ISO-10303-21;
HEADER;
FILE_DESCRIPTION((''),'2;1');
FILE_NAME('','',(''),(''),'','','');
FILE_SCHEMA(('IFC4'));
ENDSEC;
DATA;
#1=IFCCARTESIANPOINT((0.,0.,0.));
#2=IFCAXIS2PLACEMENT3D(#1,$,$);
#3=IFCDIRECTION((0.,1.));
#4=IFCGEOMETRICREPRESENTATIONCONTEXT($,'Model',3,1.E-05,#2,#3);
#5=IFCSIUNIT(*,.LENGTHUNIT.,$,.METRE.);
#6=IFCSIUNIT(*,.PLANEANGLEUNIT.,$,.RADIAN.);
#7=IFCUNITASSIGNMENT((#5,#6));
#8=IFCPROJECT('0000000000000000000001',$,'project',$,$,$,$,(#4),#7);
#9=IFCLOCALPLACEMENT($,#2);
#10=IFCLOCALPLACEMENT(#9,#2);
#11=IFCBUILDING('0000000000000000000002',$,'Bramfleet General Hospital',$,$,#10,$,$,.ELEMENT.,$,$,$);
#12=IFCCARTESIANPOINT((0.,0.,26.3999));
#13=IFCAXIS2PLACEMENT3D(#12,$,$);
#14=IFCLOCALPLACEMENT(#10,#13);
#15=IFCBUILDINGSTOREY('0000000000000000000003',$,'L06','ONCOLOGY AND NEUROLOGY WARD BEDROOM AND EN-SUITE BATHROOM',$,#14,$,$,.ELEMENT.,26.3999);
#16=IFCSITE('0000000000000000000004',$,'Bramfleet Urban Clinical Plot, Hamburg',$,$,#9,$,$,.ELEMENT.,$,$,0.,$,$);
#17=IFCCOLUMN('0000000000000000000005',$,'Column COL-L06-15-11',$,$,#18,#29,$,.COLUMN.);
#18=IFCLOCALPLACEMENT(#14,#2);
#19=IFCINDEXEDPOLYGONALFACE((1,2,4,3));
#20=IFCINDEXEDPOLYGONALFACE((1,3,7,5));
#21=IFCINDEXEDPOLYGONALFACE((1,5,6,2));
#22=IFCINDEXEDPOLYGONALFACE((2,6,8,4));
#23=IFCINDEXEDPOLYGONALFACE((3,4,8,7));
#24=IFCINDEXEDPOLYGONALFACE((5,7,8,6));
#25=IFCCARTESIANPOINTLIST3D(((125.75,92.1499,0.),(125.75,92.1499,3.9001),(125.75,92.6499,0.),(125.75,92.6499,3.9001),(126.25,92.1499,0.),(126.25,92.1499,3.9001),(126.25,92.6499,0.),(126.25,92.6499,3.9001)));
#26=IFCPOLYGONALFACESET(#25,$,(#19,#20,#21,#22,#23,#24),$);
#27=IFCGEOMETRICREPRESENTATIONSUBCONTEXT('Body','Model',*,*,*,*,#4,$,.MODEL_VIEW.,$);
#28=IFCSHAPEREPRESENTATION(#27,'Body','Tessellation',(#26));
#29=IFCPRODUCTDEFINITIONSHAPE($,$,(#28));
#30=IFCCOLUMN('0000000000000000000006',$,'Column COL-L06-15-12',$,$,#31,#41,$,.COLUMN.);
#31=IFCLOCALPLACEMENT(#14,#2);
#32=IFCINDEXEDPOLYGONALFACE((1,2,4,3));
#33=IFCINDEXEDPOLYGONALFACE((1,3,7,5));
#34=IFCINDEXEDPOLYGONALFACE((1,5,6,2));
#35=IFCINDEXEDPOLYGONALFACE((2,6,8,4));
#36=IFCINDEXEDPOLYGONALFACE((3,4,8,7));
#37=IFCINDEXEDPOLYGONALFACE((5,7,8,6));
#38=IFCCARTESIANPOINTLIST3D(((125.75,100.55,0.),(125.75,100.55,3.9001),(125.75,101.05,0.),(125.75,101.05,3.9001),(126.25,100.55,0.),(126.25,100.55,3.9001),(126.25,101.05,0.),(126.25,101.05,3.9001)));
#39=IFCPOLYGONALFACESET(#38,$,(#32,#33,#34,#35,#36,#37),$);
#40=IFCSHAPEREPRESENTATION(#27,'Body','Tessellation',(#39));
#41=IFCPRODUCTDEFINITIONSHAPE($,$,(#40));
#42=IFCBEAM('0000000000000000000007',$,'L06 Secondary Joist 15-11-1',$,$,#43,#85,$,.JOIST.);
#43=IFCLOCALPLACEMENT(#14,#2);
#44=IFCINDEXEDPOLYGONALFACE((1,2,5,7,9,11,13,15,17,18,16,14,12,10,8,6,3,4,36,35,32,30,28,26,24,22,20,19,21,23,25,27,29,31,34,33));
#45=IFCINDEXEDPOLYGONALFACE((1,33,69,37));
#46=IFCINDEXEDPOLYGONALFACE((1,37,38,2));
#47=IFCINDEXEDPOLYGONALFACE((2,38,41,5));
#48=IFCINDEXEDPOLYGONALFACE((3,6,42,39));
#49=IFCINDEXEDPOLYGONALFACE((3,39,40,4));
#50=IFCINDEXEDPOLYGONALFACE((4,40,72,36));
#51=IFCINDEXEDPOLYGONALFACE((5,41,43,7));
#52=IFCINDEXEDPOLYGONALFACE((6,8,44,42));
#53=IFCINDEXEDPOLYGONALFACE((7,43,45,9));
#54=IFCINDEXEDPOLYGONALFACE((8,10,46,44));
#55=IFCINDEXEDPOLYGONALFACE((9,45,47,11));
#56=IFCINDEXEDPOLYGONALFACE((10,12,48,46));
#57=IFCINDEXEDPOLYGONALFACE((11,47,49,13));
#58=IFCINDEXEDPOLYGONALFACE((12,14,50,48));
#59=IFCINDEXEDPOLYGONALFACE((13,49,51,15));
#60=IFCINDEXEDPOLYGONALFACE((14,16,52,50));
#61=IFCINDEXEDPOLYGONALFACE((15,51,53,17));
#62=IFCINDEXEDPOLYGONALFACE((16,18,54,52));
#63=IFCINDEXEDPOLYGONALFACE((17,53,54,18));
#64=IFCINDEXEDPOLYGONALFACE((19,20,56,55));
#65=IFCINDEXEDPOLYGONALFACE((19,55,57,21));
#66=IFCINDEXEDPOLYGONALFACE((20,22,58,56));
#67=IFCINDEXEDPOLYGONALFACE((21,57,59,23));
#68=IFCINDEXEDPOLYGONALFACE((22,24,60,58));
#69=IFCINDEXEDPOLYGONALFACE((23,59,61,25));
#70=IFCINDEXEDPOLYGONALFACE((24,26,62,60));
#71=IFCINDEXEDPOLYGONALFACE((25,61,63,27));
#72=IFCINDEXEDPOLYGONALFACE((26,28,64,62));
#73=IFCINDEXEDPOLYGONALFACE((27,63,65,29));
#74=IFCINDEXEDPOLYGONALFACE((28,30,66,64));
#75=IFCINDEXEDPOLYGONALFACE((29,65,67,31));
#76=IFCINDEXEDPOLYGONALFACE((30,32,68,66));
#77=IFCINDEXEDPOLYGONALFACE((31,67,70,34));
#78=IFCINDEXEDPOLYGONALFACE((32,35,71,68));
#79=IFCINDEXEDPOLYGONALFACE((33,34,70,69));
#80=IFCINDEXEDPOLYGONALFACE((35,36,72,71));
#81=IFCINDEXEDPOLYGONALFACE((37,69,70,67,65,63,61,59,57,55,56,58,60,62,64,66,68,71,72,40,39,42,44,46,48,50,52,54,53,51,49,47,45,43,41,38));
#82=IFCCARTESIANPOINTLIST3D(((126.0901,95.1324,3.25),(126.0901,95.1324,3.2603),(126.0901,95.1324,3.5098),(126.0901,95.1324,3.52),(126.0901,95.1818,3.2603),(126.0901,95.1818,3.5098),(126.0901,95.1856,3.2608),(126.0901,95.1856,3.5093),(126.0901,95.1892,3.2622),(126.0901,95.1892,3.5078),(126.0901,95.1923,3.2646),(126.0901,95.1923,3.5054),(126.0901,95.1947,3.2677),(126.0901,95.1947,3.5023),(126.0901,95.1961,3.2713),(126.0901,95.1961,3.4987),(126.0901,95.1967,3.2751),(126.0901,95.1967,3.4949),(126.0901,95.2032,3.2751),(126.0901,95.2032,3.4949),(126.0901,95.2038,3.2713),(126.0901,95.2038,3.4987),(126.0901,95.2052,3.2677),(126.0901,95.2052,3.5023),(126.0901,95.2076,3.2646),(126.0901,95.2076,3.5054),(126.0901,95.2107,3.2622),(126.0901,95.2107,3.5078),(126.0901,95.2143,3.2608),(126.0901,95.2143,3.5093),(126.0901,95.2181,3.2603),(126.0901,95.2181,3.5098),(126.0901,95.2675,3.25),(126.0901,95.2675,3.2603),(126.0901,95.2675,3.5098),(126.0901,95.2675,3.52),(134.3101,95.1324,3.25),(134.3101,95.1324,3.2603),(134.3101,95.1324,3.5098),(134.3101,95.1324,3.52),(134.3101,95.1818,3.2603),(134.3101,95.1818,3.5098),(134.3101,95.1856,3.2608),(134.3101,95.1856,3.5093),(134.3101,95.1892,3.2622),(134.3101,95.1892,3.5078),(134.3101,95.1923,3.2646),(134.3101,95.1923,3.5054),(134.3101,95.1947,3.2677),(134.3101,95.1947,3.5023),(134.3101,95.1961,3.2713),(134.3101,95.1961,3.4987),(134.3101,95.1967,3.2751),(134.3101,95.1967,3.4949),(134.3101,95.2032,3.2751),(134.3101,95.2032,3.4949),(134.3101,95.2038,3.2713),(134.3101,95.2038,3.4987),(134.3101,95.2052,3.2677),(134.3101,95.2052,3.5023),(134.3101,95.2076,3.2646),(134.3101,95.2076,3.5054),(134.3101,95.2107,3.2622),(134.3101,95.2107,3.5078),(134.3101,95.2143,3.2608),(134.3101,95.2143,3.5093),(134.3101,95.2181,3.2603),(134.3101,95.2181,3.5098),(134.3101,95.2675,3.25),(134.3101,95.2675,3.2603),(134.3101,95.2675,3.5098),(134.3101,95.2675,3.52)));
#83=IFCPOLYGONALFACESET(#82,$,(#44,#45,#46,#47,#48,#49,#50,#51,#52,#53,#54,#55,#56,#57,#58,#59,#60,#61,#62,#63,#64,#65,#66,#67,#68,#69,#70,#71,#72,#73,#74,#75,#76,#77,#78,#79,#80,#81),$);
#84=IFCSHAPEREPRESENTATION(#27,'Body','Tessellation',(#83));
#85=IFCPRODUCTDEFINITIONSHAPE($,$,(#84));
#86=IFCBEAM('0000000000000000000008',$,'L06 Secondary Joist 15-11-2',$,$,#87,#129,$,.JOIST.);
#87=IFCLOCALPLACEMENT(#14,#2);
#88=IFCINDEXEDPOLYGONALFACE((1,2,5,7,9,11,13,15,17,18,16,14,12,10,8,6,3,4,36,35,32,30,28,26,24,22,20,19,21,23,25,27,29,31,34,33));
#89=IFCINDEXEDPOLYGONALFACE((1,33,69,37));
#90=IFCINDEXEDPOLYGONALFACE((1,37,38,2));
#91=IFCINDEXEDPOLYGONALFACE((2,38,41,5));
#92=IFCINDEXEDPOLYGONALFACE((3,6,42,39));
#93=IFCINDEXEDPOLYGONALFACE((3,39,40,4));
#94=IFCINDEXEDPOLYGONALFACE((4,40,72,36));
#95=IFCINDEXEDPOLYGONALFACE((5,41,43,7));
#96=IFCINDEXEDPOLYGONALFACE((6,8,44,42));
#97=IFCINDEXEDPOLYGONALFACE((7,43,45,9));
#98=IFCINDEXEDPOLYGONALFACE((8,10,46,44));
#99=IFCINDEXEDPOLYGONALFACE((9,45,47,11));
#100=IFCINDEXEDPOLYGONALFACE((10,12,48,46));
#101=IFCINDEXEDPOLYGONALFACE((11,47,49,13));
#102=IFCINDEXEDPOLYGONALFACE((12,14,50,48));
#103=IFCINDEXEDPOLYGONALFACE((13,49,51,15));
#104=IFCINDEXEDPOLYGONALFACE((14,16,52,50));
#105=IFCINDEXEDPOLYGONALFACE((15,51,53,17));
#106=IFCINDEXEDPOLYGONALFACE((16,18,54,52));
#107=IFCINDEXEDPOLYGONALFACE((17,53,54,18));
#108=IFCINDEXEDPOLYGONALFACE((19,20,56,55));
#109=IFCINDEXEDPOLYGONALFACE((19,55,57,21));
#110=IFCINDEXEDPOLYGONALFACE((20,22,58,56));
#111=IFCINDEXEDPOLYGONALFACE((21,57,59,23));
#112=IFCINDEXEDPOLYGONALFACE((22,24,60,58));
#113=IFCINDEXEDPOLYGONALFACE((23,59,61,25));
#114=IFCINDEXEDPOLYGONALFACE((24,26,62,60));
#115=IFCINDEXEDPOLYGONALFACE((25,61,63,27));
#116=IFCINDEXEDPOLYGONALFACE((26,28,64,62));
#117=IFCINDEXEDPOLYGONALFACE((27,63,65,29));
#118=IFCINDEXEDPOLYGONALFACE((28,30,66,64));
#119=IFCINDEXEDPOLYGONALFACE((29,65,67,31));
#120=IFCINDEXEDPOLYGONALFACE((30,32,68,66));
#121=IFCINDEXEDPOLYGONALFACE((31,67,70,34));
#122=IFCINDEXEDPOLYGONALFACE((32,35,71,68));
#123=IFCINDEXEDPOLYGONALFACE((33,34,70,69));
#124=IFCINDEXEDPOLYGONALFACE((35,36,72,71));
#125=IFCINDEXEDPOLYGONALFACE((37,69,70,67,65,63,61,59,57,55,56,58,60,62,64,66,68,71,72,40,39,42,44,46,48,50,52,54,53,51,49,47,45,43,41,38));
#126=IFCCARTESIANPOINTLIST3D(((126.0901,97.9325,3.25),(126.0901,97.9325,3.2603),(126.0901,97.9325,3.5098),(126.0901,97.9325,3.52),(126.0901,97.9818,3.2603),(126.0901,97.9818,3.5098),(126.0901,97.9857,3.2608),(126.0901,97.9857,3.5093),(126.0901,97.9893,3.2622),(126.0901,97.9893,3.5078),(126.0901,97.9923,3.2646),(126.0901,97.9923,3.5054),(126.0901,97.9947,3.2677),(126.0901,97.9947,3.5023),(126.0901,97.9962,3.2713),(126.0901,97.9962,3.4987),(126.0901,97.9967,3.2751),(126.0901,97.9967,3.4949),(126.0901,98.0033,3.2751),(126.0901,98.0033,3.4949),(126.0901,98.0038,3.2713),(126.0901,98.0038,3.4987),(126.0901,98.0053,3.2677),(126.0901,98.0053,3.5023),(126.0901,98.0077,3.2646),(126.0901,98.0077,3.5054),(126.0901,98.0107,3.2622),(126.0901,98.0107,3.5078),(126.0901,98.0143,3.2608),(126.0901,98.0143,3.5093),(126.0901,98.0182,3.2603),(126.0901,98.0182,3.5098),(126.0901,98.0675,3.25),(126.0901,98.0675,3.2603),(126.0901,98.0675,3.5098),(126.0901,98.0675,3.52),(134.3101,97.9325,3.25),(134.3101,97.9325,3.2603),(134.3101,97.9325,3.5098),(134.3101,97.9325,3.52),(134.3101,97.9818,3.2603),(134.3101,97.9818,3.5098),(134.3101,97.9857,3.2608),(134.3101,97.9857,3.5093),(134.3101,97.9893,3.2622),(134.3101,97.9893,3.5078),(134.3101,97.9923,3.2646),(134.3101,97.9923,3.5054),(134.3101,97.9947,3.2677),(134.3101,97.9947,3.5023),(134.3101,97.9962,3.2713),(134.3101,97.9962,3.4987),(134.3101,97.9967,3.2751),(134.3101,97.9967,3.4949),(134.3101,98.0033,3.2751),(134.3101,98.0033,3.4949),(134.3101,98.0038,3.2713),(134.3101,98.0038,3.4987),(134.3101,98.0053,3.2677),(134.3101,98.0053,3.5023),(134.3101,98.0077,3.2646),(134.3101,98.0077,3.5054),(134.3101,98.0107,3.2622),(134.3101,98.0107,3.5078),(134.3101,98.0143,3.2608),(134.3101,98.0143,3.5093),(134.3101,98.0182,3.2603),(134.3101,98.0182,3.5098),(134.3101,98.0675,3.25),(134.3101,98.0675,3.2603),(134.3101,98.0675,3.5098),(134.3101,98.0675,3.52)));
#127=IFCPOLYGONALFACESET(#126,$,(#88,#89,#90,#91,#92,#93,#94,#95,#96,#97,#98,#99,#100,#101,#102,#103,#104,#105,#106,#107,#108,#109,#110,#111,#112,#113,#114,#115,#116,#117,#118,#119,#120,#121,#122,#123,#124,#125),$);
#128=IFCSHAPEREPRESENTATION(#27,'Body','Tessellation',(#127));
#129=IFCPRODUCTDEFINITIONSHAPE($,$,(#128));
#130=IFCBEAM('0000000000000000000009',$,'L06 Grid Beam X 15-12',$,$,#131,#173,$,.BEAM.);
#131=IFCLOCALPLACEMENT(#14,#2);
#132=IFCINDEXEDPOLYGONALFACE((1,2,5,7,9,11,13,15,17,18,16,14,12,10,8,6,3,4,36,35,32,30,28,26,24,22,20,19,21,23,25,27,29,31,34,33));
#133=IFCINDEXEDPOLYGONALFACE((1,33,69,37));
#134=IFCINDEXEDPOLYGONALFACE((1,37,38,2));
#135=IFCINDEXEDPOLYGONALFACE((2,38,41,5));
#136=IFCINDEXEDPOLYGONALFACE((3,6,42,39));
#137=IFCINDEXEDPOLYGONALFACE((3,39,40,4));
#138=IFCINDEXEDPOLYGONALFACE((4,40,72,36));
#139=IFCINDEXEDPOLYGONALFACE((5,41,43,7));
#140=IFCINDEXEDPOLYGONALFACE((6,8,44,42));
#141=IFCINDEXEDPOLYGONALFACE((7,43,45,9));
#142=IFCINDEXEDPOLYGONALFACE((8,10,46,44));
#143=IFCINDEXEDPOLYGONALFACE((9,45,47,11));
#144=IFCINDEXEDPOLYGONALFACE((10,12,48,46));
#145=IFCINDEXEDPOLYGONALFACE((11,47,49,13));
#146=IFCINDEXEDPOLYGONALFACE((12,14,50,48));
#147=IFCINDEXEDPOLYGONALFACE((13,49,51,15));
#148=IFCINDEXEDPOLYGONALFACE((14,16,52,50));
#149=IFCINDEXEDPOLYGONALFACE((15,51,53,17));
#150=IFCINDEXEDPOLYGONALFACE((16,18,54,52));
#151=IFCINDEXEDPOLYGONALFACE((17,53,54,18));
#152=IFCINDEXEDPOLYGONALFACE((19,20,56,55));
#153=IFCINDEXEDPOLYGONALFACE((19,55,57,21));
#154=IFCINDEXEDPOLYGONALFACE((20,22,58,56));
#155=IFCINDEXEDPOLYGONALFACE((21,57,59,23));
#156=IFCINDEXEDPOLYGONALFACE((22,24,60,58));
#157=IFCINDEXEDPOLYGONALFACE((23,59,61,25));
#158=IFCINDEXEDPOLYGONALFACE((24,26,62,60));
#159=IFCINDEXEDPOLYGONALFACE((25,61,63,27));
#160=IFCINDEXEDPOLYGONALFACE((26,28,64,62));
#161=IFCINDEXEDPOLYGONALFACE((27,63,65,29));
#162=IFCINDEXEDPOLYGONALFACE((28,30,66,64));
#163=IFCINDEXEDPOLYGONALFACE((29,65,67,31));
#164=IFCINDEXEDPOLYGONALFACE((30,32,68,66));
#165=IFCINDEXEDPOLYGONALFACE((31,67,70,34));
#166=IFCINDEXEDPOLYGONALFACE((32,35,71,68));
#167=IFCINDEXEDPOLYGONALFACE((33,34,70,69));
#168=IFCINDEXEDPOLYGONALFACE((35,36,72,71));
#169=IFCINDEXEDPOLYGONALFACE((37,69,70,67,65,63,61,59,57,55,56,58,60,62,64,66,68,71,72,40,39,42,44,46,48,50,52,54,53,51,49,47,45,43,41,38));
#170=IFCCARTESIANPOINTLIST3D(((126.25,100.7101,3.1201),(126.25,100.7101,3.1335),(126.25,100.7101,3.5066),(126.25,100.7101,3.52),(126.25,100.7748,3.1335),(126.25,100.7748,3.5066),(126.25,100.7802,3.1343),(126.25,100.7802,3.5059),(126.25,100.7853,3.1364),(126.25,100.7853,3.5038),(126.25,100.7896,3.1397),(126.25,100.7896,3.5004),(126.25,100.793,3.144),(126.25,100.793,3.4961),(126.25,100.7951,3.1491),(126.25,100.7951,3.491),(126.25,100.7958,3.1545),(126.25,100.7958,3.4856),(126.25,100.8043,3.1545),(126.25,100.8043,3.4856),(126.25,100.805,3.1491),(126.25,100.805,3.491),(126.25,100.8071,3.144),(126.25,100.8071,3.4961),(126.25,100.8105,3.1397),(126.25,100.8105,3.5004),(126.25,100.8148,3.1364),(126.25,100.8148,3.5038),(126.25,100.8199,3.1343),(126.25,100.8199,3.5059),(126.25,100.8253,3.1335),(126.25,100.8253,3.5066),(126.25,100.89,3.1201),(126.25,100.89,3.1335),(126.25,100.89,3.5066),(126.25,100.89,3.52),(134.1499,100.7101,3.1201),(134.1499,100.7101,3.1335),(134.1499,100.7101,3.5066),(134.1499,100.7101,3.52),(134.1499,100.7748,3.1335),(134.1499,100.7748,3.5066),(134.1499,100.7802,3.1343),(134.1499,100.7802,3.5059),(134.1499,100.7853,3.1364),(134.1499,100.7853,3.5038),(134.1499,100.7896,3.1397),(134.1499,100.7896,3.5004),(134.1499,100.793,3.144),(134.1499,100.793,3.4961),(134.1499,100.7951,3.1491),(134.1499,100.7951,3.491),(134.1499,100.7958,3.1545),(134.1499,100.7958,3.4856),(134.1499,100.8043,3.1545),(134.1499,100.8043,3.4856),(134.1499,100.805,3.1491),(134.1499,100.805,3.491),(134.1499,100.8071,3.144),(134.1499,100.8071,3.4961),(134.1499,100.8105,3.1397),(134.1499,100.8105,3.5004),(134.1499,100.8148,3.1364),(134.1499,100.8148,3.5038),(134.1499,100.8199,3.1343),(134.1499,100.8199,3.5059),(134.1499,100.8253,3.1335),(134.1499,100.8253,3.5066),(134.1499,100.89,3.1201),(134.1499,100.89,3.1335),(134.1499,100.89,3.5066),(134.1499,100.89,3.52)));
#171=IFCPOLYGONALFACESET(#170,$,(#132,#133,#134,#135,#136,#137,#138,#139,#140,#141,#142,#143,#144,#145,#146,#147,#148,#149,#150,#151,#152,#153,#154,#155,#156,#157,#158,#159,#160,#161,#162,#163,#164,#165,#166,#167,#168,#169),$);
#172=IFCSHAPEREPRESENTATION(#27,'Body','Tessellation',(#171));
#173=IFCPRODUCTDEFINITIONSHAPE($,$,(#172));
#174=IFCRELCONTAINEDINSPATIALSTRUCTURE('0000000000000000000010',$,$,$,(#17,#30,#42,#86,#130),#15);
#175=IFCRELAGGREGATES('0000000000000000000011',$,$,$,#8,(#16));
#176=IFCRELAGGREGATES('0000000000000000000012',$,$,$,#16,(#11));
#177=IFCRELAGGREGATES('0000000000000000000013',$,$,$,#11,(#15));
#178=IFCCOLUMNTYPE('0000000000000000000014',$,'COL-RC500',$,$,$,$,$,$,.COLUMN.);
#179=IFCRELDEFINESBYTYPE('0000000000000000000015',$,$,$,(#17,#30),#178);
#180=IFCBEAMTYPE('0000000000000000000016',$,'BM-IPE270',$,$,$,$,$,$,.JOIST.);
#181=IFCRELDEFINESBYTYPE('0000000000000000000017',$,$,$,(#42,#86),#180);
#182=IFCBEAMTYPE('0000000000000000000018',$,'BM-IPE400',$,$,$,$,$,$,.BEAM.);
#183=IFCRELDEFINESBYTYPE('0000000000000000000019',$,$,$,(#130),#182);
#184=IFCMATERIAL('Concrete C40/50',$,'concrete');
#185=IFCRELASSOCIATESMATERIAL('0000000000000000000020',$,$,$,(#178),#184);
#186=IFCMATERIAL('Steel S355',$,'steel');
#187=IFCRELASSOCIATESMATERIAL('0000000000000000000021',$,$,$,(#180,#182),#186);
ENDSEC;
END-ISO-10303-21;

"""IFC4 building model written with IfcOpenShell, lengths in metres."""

from ifc_helpers import new_model, si_unit, direction, frame, origin, origin_2d, place, context, subcontext, project, spatial, rectangle, i_section, extrude, material, material_profile, profile_set, type_object, element, save


model = new_model("IFC4")

# Units and contexts
model_context = context("Model", 3, precision=1e-05, world=origin(), true_north=direction((0.0, 1.0)))
body_context = subcontext(model_context, "Body", "Model", "MODEL_VIEW")
ifc_project = project(units=[si_unit("LENGTHUNIT", "METRE"), si_unit("PLANEANGLEUNIT", "RADIAN")], contexts=[model_context])

# Site, building, storey
site_placement = place(None, origin())
site = spatial("IfcSite", under=ifc_project, at=site_placement, Name="Bramfleet Urban Clinical Plot, Hamburg", CompositionType="ELEMENT", RefElevation=0.0)
building_placement = place(site_placement, origin())
building = spatial("IfcBuilding", under=site, at=building_placement, Name="Bramfleet General Hospital", CompositionType="ELEMENT")
storey_placement = place(building_placement, frame((0.0, 0.0, 26.3999)))
storey = spatial("IfcBuildingStorey", under=building, at=storey_placement, Name="L06", Description="ONCOLOGY AND NEUROLOGY WARD BEDROOM AND EN-SUITE BATHROOM", CompositionType="ELEMENT", Elevation=26.3999)

# Columns
ifc_material_1 = material(Name="Concrete C40/50", Category="concrete")
ifc_material_profile_1 = material_profile(ifc_material_1, rectangle(XDim=0.5, YDim=0.5, at=origin_2d()), Name="RC COL 500x500")
ifc_profile_set_1 = profile_set([ifc_material_profile_1], Name="Concrete C40/50")
column_type = type_object("IfcColumnType", Name="COL-RC500", PredefinedType="COLUMN", material=ifc_profile_set_1)
for number, where, z_axis, x_axis, name in (
    (1, (126.0, 92.3999, 0.0), (0.0, 0.0, 1.0), (1.0, 0.0, 0.0), "Column COL-L06-15-11"),
    (2, (126.0, 100.8, 0.0), (0.0, 0.0, 1.0), (1.0, 0.0, 0.0), "Column COL-L06-15-12"),
):
    element("IfcColumn", number, at=place(storey_placement, frame(where, z_axis=z_axis, x_axis=x_axis)), inside=storey, type_object=column_type, Name=name, PredefinedType="COLUMN", context=body_context, shape_type="SweptSolid", body=[
        extrude(rectangle(XDim=0.5, YDim=0.5, at=origin_2d()), origin(), (0.0, 0.0, 1.0), 3.9001),
    ])

# Beams
ifc_material_2 = material(Name="Steel S355", Category="steel")
ifc_material_profile_2 = material_profile(ifc_material_2, i_section(OverallWidth=0.135, OverallDepth=0.27, WebThickness=0.0066, FlangeThickness=0.0103, FilletRadius=0.0149, at=origin_2d()), Name="IPE 270")
ifc_profile_set_2 = profile_set([ifc_material_profile_2], Name="Steel S355")
beam_type_1 = type_object("IfcBeamType", Name="BM-IPE270", PredefinedType="JOIST", material=ifc_profile_set_2)
for number, where, z_axis, x_axis, name in (
    (3, (126.0901, 95.2, 3.385), (1.0, 0.0, 0.0), (0.0, 1.0, 0.0), "L06 Secondary Joist 15-11-1"),
    (4, (126.0901, 98.0, 3.385), (1.0, 0.0, 0.0), (0.0, 1.0, 0.0), "L06 Secondary Joist 15-11-2"),
):
    element("IfcBeam", number, at=place(storey_placement, frame(where, z_axis=z_axis, x_axis=x_axis)), inside=storey, type_object=beam_type_1, Name=name, PredefinedType="JOIST", context=body_context, shape_type="SweptSolid", body=[
        extrude(i_section(OverallWidth=0.135, OverallDepth=0.27, WebThickness=0.0066, FlangeThickness=0.0103, FilletRadius=0.0149, at=origin_2d()), origin(), (0.0, 0.0, 1.0), 8.22),
    ])
ifc_material_profile_3 = material_profile(ifc_material_2, i_section(OverallWidth=0.1799, OverallDepth=0.3999, WebThickness=0.0085, FlangeThickness=0.0134, FilletRadius=0.021, at=origin_2d()), Name="IPE 400")
ifc_profile_set_3 = profile_set([ifc_material_profile_3], Name="Steel S355")
beam_type_2 = type_object("IfcBeamType", Name="BM-IPE400", PredefinedType="BEAM", material=ifc_profile_set_3)
beam_1_placement = place(storey_placement, frame((126.25, 100.8, 3.3201), z_axis=(1.0, 0.0, 0.0), x_axis=(0.0, 1.0, 0.0)))
element("IfcBeam", 5, at=beam_1_placement, inside=storey, type_object=beam_type_2, Name="L06 Grid Beam X 15-12", PredefinedType="BEAM", context=body_context, shape_type="SweptSolid", body=[
    extrude(i_section(OverallWidth=0.1799, OverallDepth=0.3999, WebThickness=0.0085, FlangeThickness=0.0134, FilletRadius=0.021, at=origin_2d()), origin(), (0.0, 0.0, 1.0), 7.8999),
])

save(model, "model.ifc")
